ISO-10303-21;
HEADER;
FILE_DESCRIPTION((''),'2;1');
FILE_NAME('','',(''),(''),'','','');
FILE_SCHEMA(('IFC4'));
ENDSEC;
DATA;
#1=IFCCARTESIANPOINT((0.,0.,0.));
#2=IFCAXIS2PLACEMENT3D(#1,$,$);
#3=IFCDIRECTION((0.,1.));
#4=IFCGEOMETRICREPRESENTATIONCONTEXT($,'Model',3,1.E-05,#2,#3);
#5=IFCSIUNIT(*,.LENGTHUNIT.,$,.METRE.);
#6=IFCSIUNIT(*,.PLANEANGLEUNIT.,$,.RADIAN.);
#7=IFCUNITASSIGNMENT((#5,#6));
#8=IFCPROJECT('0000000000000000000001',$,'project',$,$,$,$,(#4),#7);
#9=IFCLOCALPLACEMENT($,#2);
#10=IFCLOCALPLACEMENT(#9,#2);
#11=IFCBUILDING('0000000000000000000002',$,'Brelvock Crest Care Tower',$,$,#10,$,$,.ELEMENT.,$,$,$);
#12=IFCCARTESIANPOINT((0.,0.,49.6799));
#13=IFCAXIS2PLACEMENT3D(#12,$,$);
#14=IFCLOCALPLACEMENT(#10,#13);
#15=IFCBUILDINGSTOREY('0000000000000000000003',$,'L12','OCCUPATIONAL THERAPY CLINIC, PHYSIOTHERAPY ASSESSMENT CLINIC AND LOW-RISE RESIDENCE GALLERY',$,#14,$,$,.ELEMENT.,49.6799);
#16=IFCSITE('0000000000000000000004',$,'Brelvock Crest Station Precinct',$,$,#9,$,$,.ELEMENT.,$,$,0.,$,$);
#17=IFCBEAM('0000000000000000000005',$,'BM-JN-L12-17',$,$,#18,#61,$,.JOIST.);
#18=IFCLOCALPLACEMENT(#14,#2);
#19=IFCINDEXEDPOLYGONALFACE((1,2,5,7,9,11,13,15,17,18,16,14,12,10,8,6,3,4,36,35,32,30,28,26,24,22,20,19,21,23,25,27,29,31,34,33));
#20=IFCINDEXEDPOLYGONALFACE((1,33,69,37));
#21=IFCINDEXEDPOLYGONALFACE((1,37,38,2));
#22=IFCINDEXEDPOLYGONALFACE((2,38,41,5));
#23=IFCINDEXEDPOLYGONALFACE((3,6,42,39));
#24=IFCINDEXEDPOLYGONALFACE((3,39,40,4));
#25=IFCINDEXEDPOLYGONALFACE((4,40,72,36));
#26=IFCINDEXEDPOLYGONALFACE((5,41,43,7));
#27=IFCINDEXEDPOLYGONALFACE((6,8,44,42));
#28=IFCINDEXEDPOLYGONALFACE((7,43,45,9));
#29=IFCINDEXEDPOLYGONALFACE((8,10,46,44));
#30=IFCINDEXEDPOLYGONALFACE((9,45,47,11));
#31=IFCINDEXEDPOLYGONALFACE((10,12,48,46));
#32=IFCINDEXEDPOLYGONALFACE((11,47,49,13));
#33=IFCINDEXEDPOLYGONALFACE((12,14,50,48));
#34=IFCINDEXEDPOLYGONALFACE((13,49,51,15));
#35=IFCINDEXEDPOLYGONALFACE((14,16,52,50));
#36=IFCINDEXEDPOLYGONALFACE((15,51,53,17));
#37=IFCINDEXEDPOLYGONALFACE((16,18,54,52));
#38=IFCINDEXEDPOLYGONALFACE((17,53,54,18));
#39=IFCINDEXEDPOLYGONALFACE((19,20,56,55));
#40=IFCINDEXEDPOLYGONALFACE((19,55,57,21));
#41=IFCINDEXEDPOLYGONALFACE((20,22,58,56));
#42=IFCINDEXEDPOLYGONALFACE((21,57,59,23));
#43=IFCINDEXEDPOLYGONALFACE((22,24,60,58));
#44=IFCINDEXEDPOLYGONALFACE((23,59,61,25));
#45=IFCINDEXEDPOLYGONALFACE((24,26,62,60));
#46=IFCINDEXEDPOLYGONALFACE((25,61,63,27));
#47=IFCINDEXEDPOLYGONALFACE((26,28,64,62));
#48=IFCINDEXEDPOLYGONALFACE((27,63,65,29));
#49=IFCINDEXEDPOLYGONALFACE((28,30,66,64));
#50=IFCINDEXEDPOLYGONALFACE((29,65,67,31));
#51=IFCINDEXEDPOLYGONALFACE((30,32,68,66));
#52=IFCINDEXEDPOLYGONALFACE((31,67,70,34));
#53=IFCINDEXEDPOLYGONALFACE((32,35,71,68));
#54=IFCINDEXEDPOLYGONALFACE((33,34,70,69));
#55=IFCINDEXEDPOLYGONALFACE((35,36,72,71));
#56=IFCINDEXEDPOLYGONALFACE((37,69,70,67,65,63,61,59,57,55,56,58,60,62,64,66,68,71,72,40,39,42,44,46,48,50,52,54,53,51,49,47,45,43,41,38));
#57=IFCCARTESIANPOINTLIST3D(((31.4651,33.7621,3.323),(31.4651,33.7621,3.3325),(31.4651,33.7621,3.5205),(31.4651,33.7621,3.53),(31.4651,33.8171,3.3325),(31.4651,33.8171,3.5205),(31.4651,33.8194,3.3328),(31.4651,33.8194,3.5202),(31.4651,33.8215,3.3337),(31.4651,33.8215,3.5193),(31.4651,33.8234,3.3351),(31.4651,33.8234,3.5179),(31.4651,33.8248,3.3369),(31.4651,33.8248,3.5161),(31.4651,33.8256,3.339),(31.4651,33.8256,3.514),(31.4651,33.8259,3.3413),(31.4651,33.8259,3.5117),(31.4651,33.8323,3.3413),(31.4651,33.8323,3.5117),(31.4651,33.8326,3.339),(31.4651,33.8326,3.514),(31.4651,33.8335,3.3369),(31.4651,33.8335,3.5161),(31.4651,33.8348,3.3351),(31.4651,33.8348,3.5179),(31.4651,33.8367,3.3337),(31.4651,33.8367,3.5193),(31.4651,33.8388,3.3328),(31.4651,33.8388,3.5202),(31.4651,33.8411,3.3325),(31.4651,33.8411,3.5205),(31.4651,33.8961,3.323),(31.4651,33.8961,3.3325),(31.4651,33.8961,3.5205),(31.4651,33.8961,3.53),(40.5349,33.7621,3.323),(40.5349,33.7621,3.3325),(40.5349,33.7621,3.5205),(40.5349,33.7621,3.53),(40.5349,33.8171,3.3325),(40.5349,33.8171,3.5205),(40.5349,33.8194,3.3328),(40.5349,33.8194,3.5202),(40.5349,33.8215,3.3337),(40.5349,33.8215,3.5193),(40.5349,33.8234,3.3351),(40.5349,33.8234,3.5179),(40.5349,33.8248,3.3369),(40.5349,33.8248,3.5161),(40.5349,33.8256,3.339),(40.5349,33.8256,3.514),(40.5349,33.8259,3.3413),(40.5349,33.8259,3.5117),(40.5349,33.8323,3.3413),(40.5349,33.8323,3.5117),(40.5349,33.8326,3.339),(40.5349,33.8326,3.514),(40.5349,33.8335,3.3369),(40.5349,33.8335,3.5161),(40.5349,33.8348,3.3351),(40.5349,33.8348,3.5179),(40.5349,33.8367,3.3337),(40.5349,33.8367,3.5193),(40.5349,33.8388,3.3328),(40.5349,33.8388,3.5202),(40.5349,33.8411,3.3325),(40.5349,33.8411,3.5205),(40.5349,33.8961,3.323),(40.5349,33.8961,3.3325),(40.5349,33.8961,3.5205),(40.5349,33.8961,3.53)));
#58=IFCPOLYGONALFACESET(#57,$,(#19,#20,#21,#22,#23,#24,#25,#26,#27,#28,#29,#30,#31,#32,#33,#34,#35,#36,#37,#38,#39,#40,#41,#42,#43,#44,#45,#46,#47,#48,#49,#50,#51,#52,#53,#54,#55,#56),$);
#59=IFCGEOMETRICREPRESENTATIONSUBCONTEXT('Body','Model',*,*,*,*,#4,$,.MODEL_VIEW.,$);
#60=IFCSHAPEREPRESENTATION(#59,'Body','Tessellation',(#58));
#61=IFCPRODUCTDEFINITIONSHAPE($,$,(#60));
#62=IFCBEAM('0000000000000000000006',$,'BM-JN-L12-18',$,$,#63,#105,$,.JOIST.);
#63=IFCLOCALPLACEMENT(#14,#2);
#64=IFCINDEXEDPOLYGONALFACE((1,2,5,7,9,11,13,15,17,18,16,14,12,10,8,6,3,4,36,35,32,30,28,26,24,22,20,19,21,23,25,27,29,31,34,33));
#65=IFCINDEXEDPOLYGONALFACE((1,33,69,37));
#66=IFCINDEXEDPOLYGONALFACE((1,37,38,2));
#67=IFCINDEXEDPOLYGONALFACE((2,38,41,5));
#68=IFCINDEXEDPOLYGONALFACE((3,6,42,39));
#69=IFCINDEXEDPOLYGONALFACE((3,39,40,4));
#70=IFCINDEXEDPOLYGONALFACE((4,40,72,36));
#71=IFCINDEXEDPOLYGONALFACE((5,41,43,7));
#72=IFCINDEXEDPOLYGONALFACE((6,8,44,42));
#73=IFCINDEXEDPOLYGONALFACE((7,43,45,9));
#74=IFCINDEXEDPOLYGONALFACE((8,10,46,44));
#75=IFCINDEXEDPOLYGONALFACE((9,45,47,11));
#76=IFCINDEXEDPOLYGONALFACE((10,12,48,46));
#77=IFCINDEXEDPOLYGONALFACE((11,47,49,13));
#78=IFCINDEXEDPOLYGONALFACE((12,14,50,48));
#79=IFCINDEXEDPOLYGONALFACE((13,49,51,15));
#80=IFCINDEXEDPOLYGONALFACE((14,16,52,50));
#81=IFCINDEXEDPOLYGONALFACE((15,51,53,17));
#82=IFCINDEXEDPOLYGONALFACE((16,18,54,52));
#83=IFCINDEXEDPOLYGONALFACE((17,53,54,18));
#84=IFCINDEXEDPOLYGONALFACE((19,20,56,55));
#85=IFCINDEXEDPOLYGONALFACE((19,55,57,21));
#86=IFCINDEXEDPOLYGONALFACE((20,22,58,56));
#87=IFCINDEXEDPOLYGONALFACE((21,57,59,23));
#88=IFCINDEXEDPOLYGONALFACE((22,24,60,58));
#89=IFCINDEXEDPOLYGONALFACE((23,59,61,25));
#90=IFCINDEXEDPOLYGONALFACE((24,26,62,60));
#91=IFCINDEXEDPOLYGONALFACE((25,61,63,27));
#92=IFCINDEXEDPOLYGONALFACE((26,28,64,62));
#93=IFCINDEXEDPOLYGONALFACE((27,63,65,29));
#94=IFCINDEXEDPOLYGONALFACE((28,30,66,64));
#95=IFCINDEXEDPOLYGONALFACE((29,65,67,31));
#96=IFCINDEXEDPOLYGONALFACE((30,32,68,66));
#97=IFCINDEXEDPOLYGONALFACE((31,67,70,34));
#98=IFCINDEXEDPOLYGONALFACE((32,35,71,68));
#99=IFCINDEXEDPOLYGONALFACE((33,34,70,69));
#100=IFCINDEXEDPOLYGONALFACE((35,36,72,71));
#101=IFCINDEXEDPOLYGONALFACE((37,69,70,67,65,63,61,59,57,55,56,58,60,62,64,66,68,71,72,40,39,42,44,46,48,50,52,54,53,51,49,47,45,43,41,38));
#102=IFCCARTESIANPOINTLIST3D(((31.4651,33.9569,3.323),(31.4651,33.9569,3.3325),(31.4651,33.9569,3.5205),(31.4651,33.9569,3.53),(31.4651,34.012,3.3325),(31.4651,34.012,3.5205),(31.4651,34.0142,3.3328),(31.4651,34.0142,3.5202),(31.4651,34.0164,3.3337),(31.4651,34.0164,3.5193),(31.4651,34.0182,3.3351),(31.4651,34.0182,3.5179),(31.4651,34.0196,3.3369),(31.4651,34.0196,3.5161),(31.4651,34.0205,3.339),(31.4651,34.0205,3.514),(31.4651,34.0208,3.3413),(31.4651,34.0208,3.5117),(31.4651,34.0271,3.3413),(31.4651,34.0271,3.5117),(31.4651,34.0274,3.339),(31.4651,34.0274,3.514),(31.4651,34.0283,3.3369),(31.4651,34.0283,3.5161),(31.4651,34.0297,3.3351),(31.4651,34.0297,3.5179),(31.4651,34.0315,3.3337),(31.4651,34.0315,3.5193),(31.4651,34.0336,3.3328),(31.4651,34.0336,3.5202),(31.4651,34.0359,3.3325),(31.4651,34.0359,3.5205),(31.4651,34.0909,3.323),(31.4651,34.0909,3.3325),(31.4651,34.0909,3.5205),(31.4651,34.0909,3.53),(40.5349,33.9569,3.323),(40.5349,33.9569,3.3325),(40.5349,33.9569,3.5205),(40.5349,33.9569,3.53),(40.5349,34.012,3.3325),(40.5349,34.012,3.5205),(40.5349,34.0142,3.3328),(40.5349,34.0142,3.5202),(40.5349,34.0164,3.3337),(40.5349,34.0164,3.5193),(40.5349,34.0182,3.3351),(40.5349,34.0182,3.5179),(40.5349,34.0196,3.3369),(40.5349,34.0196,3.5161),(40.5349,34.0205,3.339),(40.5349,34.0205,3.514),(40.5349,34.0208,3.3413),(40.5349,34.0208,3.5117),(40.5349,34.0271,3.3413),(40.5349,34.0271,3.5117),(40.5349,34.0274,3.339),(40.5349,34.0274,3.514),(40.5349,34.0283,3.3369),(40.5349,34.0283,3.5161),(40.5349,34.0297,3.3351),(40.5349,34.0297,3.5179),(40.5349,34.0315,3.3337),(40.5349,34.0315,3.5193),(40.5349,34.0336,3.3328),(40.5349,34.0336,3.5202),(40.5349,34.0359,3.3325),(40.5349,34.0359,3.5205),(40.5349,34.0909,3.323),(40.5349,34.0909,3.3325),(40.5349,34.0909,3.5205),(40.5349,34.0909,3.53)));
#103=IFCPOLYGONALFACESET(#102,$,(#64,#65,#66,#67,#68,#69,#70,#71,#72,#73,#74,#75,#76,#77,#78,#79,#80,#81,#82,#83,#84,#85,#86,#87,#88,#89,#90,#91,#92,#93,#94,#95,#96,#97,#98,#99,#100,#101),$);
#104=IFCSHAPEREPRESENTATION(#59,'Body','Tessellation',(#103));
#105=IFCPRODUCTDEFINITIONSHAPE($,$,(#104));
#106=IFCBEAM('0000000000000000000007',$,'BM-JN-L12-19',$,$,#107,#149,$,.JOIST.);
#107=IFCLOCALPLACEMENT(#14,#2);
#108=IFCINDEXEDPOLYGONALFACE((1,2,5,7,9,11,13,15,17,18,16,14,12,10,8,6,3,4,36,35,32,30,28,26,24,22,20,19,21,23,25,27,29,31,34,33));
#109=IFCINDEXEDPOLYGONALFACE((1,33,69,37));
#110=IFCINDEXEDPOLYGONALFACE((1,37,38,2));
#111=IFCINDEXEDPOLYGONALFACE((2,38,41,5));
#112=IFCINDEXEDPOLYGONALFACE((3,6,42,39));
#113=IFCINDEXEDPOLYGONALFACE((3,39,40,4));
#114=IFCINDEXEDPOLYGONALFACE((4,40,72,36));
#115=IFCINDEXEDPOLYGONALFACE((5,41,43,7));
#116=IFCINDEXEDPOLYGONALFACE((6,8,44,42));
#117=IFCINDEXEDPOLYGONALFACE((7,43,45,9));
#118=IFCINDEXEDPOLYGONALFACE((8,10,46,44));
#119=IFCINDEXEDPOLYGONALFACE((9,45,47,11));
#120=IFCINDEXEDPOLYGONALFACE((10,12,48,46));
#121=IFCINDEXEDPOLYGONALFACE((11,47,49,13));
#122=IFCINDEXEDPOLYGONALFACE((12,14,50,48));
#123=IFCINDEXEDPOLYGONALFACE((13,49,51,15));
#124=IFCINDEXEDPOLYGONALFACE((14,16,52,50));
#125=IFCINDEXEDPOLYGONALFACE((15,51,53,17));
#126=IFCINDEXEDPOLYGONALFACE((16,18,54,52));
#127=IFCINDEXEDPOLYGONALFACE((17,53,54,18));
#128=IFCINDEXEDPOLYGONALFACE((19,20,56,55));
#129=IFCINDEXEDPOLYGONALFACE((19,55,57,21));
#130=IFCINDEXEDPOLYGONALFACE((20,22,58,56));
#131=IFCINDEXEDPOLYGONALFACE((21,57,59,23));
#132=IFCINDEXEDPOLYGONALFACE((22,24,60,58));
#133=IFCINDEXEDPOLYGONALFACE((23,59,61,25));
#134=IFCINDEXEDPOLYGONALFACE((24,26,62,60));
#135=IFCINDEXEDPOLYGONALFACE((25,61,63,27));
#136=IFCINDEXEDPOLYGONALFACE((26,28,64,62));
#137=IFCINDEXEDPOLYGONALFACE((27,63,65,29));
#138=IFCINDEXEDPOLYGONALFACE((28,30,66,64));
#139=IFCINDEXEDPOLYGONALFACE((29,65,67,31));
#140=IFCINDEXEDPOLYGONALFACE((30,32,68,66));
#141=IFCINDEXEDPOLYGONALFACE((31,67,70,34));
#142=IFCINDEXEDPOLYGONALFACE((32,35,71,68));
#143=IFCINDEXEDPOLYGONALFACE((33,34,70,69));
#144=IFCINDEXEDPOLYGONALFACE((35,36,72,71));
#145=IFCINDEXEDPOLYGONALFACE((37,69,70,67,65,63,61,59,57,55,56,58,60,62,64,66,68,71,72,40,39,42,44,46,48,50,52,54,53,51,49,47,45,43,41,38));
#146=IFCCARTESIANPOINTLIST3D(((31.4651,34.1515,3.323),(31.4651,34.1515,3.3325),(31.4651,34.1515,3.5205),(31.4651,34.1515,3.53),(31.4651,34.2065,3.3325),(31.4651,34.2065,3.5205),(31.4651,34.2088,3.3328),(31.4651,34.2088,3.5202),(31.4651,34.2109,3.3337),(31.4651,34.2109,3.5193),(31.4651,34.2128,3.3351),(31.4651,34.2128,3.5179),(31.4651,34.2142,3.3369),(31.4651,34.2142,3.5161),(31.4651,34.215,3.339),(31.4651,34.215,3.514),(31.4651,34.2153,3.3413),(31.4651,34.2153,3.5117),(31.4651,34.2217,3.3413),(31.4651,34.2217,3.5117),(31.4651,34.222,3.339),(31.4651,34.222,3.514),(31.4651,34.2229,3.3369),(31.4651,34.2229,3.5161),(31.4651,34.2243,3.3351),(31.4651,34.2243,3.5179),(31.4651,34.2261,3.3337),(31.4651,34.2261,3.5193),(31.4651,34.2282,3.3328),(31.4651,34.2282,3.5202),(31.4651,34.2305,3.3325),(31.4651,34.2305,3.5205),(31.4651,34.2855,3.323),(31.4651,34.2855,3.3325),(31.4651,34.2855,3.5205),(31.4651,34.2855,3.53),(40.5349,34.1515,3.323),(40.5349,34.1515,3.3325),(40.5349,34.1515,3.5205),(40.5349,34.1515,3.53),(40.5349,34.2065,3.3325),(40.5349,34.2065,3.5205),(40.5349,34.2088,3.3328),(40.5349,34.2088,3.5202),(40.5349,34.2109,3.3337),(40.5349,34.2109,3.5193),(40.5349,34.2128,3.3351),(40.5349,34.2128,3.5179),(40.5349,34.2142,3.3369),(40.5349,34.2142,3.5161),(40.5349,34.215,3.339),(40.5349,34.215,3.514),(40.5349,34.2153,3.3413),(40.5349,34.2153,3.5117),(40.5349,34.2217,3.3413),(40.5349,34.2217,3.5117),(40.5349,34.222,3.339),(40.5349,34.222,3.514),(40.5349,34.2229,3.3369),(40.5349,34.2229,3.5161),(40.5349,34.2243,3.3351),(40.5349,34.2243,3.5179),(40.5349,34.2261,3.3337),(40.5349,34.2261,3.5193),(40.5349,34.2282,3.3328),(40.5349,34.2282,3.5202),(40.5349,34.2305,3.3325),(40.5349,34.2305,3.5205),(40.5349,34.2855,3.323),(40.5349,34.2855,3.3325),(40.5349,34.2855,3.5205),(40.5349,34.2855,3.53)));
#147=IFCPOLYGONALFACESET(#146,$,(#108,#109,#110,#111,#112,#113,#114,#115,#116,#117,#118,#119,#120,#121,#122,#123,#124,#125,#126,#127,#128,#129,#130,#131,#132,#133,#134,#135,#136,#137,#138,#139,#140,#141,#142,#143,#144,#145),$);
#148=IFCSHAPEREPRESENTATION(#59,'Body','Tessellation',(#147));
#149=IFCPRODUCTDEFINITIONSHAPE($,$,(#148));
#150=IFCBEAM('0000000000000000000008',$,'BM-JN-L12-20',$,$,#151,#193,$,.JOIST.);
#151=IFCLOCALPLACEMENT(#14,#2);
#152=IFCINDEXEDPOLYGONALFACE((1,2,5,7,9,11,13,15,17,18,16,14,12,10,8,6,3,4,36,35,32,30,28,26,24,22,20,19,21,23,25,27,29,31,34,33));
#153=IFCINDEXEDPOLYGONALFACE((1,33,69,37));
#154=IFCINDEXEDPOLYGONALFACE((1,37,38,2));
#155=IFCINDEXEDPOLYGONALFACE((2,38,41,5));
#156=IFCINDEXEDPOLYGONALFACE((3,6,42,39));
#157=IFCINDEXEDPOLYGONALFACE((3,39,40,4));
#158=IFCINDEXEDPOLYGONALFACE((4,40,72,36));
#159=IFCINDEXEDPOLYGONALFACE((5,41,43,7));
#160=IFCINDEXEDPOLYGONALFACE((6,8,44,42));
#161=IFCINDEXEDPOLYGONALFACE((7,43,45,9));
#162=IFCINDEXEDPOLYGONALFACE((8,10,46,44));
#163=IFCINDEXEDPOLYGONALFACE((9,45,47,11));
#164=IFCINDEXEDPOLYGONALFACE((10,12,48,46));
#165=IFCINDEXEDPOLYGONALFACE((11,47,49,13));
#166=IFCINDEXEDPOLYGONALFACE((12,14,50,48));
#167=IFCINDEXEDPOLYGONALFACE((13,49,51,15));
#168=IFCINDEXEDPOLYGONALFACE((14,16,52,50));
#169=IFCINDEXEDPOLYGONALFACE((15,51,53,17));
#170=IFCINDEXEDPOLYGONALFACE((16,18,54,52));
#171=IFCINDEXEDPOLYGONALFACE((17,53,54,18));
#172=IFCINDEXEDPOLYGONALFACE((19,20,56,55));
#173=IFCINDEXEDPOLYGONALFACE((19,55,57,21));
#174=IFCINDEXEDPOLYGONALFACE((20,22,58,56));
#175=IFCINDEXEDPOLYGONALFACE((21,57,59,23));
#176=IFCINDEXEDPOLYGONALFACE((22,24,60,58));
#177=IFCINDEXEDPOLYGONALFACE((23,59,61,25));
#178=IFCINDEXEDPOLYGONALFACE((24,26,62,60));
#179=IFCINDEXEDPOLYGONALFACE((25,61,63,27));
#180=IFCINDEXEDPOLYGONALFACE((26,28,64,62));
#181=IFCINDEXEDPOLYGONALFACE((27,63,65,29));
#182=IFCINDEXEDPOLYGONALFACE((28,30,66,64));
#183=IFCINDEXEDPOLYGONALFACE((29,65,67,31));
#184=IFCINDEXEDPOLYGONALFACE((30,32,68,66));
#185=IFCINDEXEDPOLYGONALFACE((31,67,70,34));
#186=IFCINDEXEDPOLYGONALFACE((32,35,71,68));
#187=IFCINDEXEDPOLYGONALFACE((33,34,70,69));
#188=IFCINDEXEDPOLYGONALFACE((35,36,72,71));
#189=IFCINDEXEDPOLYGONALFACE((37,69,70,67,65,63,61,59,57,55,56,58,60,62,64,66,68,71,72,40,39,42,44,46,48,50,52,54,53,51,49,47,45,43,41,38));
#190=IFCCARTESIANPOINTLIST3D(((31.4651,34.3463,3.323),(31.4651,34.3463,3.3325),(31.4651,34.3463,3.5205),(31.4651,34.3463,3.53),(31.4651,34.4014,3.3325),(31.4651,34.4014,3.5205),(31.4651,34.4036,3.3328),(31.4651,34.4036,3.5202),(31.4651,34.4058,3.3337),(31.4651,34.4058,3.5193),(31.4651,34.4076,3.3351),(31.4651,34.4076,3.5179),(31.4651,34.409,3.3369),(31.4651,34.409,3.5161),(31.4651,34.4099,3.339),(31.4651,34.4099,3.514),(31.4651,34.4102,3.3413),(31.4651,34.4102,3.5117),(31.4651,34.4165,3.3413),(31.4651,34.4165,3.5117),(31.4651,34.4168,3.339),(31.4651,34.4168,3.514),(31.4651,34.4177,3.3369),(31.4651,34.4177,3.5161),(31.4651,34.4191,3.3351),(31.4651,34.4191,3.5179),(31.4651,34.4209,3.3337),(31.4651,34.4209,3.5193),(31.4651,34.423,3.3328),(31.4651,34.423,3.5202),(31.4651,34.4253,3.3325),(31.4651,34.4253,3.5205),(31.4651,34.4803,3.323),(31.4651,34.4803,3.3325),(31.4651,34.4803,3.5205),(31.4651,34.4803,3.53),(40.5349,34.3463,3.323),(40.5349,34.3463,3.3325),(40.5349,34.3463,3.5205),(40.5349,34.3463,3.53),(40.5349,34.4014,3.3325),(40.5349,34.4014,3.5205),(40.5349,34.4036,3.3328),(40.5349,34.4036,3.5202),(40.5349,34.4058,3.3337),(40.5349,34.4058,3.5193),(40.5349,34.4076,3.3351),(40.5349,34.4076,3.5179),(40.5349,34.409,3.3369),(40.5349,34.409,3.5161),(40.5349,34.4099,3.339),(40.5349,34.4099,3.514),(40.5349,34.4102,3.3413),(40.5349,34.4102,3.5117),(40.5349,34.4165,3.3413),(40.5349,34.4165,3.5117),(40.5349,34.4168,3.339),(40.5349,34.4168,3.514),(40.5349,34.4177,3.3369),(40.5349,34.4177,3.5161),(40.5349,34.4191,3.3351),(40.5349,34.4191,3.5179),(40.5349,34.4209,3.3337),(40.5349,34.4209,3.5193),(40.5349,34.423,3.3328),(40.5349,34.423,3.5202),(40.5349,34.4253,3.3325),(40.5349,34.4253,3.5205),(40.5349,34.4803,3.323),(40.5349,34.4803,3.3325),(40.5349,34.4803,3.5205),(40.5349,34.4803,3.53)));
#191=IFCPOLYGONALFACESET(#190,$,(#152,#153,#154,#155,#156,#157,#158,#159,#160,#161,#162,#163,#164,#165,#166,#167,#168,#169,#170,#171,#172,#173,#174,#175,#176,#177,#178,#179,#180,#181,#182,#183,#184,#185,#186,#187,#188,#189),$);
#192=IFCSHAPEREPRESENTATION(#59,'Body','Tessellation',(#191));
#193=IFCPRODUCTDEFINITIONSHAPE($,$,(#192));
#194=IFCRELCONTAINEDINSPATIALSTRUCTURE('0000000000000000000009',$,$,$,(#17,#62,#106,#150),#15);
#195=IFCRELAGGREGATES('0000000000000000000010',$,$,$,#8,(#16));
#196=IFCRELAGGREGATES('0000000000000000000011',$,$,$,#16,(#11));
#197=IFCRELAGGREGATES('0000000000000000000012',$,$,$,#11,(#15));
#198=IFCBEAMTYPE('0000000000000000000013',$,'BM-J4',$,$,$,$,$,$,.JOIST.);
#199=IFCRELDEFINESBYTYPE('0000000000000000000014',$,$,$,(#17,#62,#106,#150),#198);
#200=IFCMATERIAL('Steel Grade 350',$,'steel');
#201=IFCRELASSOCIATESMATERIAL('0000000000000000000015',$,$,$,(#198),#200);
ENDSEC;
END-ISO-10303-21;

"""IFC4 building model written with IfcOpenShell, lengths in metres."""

from ifc_helpers import new_model, si_unit, direction, frame, origin, origin_2d, place, context, subcontext, project, spatial, i_section, extrude, source, transform, mapped, material, material_profile, profile_set, type_object, element, save


model = new_model("IFC4")

# Units and contexts
model_context = context("Model", 3, precision=1e-05, world=origin(), true_north=direction((0.0, 1.0)))
body_context = subcontext(model_context, "Body", "Model", "MODEL_VIEW")
ifc_project = project(units=[si_unit("LENGTHUNIT", "METRE"), si_unit("PLANEANGLEUNIT", "RADIAN")], contexts=[model_context])

# Site, building, storey
site_placement = place(None, origin())
site = spatial("IfcSite", under=ifc_project, at=site_placement, Name="Brelvock Crest Station Precinct", CompositionType="ELEMENT", RefElevation=0.0)
building_placement = place(site_placement, origin())
building = spatial("IfcBuilding", under=site, at=building_placement, Name="Brelvock Crest Care Tower", CompositionType="ELEMENT")
storey_placement = place(building_placement, frame((0.0, 0.0, 49.6799)))
storey = spatial("IfcBuildingStorey", under=building, at=storey_placement, Name="L12", Description="OCCUPATIONAL THERAPY CLINIC, PHYSIOTHERAPY ASSESSMENT CLINIC AND LOW-RISE RESIDENCE GALLERY", CompositionType="ELEMENT", Elevation=49.6799)

# Shared definitions
ifc_material_1 = material(Name="Steel Grade 350", Category="steel")

# Beams
ifc_material_profile_1 = material_profile(ifc_material_1, i_section(OverallWidth=0.134, OverallDepth=0.207, WebThickness=0.0063, FlangeThickness=0.0095, FilletRadius=0.0088, at=origin_2d()), Name="200UB29.8")
ifc_profile_set_1 = profile_set([ifc_material_profile_1], Name="Steel Grade 350")
beam_type_1 = type_object("IfcBeamType", Name="BM-J4", PredefinedType="JOIST", material=ifc_profile_set_1)
shared_shape_1 = source(origin(), body_context, "Body", "SweptSolid", [
    extrude(i_section(OverallWidth=0.134, OverallDepth=0.207, WebThickness=0.0063, FlangeThickness=0.0095, FilletRadius=0.0088, at=origin_2d()), origin(), (0.0, 0.0, 1.0), 9.0698),
])
for number, where, z_axis, x_axis, name in (
    (1, (31.4651, 33.8291, 3.4265), (1.0, 0.0, 0.0), (0.0, 1.0, 0.0), "BM-JN-L12-17"),
    (2, (31.4651, 34.0239, 3.4265), (1.0, 0.0, 0.0), (0.0, 1.0, 0.0), "BM-JN-L12-18"),
    (3, (31.4651, 34.2185, 3.4265), (1.0, 0.0, 0.0), (0.0, 1.0, 0.0), "BM-JN-L12-19"),
    (4, (31.4651, 34.4133, 3.4265), (1.0, 0.0, 0.0), (0.0, 1.0, 0.0), "BM-JN-L12-20"),
):
    element("IfcBeam", number, at=place(storey_placement, frame(where, z_axis=z_axis, x_axis=x_axis)), inside=storey, type_object=beam_type_1, Name=name, PredefinedType="JOIST", context=body_context, shape_type="MappedRepresentation", body=[
        mapped(shared_shape_1, transform((0.0, 0.0, 0.0), x_axis=(1.0, 0.0, 0.0), y_axis=(0.0, 1.0, 0.0), z_axis=(0.0, 0.0, 1.0), scale=1.0)),
    ])

save(model, "model.ifc")
